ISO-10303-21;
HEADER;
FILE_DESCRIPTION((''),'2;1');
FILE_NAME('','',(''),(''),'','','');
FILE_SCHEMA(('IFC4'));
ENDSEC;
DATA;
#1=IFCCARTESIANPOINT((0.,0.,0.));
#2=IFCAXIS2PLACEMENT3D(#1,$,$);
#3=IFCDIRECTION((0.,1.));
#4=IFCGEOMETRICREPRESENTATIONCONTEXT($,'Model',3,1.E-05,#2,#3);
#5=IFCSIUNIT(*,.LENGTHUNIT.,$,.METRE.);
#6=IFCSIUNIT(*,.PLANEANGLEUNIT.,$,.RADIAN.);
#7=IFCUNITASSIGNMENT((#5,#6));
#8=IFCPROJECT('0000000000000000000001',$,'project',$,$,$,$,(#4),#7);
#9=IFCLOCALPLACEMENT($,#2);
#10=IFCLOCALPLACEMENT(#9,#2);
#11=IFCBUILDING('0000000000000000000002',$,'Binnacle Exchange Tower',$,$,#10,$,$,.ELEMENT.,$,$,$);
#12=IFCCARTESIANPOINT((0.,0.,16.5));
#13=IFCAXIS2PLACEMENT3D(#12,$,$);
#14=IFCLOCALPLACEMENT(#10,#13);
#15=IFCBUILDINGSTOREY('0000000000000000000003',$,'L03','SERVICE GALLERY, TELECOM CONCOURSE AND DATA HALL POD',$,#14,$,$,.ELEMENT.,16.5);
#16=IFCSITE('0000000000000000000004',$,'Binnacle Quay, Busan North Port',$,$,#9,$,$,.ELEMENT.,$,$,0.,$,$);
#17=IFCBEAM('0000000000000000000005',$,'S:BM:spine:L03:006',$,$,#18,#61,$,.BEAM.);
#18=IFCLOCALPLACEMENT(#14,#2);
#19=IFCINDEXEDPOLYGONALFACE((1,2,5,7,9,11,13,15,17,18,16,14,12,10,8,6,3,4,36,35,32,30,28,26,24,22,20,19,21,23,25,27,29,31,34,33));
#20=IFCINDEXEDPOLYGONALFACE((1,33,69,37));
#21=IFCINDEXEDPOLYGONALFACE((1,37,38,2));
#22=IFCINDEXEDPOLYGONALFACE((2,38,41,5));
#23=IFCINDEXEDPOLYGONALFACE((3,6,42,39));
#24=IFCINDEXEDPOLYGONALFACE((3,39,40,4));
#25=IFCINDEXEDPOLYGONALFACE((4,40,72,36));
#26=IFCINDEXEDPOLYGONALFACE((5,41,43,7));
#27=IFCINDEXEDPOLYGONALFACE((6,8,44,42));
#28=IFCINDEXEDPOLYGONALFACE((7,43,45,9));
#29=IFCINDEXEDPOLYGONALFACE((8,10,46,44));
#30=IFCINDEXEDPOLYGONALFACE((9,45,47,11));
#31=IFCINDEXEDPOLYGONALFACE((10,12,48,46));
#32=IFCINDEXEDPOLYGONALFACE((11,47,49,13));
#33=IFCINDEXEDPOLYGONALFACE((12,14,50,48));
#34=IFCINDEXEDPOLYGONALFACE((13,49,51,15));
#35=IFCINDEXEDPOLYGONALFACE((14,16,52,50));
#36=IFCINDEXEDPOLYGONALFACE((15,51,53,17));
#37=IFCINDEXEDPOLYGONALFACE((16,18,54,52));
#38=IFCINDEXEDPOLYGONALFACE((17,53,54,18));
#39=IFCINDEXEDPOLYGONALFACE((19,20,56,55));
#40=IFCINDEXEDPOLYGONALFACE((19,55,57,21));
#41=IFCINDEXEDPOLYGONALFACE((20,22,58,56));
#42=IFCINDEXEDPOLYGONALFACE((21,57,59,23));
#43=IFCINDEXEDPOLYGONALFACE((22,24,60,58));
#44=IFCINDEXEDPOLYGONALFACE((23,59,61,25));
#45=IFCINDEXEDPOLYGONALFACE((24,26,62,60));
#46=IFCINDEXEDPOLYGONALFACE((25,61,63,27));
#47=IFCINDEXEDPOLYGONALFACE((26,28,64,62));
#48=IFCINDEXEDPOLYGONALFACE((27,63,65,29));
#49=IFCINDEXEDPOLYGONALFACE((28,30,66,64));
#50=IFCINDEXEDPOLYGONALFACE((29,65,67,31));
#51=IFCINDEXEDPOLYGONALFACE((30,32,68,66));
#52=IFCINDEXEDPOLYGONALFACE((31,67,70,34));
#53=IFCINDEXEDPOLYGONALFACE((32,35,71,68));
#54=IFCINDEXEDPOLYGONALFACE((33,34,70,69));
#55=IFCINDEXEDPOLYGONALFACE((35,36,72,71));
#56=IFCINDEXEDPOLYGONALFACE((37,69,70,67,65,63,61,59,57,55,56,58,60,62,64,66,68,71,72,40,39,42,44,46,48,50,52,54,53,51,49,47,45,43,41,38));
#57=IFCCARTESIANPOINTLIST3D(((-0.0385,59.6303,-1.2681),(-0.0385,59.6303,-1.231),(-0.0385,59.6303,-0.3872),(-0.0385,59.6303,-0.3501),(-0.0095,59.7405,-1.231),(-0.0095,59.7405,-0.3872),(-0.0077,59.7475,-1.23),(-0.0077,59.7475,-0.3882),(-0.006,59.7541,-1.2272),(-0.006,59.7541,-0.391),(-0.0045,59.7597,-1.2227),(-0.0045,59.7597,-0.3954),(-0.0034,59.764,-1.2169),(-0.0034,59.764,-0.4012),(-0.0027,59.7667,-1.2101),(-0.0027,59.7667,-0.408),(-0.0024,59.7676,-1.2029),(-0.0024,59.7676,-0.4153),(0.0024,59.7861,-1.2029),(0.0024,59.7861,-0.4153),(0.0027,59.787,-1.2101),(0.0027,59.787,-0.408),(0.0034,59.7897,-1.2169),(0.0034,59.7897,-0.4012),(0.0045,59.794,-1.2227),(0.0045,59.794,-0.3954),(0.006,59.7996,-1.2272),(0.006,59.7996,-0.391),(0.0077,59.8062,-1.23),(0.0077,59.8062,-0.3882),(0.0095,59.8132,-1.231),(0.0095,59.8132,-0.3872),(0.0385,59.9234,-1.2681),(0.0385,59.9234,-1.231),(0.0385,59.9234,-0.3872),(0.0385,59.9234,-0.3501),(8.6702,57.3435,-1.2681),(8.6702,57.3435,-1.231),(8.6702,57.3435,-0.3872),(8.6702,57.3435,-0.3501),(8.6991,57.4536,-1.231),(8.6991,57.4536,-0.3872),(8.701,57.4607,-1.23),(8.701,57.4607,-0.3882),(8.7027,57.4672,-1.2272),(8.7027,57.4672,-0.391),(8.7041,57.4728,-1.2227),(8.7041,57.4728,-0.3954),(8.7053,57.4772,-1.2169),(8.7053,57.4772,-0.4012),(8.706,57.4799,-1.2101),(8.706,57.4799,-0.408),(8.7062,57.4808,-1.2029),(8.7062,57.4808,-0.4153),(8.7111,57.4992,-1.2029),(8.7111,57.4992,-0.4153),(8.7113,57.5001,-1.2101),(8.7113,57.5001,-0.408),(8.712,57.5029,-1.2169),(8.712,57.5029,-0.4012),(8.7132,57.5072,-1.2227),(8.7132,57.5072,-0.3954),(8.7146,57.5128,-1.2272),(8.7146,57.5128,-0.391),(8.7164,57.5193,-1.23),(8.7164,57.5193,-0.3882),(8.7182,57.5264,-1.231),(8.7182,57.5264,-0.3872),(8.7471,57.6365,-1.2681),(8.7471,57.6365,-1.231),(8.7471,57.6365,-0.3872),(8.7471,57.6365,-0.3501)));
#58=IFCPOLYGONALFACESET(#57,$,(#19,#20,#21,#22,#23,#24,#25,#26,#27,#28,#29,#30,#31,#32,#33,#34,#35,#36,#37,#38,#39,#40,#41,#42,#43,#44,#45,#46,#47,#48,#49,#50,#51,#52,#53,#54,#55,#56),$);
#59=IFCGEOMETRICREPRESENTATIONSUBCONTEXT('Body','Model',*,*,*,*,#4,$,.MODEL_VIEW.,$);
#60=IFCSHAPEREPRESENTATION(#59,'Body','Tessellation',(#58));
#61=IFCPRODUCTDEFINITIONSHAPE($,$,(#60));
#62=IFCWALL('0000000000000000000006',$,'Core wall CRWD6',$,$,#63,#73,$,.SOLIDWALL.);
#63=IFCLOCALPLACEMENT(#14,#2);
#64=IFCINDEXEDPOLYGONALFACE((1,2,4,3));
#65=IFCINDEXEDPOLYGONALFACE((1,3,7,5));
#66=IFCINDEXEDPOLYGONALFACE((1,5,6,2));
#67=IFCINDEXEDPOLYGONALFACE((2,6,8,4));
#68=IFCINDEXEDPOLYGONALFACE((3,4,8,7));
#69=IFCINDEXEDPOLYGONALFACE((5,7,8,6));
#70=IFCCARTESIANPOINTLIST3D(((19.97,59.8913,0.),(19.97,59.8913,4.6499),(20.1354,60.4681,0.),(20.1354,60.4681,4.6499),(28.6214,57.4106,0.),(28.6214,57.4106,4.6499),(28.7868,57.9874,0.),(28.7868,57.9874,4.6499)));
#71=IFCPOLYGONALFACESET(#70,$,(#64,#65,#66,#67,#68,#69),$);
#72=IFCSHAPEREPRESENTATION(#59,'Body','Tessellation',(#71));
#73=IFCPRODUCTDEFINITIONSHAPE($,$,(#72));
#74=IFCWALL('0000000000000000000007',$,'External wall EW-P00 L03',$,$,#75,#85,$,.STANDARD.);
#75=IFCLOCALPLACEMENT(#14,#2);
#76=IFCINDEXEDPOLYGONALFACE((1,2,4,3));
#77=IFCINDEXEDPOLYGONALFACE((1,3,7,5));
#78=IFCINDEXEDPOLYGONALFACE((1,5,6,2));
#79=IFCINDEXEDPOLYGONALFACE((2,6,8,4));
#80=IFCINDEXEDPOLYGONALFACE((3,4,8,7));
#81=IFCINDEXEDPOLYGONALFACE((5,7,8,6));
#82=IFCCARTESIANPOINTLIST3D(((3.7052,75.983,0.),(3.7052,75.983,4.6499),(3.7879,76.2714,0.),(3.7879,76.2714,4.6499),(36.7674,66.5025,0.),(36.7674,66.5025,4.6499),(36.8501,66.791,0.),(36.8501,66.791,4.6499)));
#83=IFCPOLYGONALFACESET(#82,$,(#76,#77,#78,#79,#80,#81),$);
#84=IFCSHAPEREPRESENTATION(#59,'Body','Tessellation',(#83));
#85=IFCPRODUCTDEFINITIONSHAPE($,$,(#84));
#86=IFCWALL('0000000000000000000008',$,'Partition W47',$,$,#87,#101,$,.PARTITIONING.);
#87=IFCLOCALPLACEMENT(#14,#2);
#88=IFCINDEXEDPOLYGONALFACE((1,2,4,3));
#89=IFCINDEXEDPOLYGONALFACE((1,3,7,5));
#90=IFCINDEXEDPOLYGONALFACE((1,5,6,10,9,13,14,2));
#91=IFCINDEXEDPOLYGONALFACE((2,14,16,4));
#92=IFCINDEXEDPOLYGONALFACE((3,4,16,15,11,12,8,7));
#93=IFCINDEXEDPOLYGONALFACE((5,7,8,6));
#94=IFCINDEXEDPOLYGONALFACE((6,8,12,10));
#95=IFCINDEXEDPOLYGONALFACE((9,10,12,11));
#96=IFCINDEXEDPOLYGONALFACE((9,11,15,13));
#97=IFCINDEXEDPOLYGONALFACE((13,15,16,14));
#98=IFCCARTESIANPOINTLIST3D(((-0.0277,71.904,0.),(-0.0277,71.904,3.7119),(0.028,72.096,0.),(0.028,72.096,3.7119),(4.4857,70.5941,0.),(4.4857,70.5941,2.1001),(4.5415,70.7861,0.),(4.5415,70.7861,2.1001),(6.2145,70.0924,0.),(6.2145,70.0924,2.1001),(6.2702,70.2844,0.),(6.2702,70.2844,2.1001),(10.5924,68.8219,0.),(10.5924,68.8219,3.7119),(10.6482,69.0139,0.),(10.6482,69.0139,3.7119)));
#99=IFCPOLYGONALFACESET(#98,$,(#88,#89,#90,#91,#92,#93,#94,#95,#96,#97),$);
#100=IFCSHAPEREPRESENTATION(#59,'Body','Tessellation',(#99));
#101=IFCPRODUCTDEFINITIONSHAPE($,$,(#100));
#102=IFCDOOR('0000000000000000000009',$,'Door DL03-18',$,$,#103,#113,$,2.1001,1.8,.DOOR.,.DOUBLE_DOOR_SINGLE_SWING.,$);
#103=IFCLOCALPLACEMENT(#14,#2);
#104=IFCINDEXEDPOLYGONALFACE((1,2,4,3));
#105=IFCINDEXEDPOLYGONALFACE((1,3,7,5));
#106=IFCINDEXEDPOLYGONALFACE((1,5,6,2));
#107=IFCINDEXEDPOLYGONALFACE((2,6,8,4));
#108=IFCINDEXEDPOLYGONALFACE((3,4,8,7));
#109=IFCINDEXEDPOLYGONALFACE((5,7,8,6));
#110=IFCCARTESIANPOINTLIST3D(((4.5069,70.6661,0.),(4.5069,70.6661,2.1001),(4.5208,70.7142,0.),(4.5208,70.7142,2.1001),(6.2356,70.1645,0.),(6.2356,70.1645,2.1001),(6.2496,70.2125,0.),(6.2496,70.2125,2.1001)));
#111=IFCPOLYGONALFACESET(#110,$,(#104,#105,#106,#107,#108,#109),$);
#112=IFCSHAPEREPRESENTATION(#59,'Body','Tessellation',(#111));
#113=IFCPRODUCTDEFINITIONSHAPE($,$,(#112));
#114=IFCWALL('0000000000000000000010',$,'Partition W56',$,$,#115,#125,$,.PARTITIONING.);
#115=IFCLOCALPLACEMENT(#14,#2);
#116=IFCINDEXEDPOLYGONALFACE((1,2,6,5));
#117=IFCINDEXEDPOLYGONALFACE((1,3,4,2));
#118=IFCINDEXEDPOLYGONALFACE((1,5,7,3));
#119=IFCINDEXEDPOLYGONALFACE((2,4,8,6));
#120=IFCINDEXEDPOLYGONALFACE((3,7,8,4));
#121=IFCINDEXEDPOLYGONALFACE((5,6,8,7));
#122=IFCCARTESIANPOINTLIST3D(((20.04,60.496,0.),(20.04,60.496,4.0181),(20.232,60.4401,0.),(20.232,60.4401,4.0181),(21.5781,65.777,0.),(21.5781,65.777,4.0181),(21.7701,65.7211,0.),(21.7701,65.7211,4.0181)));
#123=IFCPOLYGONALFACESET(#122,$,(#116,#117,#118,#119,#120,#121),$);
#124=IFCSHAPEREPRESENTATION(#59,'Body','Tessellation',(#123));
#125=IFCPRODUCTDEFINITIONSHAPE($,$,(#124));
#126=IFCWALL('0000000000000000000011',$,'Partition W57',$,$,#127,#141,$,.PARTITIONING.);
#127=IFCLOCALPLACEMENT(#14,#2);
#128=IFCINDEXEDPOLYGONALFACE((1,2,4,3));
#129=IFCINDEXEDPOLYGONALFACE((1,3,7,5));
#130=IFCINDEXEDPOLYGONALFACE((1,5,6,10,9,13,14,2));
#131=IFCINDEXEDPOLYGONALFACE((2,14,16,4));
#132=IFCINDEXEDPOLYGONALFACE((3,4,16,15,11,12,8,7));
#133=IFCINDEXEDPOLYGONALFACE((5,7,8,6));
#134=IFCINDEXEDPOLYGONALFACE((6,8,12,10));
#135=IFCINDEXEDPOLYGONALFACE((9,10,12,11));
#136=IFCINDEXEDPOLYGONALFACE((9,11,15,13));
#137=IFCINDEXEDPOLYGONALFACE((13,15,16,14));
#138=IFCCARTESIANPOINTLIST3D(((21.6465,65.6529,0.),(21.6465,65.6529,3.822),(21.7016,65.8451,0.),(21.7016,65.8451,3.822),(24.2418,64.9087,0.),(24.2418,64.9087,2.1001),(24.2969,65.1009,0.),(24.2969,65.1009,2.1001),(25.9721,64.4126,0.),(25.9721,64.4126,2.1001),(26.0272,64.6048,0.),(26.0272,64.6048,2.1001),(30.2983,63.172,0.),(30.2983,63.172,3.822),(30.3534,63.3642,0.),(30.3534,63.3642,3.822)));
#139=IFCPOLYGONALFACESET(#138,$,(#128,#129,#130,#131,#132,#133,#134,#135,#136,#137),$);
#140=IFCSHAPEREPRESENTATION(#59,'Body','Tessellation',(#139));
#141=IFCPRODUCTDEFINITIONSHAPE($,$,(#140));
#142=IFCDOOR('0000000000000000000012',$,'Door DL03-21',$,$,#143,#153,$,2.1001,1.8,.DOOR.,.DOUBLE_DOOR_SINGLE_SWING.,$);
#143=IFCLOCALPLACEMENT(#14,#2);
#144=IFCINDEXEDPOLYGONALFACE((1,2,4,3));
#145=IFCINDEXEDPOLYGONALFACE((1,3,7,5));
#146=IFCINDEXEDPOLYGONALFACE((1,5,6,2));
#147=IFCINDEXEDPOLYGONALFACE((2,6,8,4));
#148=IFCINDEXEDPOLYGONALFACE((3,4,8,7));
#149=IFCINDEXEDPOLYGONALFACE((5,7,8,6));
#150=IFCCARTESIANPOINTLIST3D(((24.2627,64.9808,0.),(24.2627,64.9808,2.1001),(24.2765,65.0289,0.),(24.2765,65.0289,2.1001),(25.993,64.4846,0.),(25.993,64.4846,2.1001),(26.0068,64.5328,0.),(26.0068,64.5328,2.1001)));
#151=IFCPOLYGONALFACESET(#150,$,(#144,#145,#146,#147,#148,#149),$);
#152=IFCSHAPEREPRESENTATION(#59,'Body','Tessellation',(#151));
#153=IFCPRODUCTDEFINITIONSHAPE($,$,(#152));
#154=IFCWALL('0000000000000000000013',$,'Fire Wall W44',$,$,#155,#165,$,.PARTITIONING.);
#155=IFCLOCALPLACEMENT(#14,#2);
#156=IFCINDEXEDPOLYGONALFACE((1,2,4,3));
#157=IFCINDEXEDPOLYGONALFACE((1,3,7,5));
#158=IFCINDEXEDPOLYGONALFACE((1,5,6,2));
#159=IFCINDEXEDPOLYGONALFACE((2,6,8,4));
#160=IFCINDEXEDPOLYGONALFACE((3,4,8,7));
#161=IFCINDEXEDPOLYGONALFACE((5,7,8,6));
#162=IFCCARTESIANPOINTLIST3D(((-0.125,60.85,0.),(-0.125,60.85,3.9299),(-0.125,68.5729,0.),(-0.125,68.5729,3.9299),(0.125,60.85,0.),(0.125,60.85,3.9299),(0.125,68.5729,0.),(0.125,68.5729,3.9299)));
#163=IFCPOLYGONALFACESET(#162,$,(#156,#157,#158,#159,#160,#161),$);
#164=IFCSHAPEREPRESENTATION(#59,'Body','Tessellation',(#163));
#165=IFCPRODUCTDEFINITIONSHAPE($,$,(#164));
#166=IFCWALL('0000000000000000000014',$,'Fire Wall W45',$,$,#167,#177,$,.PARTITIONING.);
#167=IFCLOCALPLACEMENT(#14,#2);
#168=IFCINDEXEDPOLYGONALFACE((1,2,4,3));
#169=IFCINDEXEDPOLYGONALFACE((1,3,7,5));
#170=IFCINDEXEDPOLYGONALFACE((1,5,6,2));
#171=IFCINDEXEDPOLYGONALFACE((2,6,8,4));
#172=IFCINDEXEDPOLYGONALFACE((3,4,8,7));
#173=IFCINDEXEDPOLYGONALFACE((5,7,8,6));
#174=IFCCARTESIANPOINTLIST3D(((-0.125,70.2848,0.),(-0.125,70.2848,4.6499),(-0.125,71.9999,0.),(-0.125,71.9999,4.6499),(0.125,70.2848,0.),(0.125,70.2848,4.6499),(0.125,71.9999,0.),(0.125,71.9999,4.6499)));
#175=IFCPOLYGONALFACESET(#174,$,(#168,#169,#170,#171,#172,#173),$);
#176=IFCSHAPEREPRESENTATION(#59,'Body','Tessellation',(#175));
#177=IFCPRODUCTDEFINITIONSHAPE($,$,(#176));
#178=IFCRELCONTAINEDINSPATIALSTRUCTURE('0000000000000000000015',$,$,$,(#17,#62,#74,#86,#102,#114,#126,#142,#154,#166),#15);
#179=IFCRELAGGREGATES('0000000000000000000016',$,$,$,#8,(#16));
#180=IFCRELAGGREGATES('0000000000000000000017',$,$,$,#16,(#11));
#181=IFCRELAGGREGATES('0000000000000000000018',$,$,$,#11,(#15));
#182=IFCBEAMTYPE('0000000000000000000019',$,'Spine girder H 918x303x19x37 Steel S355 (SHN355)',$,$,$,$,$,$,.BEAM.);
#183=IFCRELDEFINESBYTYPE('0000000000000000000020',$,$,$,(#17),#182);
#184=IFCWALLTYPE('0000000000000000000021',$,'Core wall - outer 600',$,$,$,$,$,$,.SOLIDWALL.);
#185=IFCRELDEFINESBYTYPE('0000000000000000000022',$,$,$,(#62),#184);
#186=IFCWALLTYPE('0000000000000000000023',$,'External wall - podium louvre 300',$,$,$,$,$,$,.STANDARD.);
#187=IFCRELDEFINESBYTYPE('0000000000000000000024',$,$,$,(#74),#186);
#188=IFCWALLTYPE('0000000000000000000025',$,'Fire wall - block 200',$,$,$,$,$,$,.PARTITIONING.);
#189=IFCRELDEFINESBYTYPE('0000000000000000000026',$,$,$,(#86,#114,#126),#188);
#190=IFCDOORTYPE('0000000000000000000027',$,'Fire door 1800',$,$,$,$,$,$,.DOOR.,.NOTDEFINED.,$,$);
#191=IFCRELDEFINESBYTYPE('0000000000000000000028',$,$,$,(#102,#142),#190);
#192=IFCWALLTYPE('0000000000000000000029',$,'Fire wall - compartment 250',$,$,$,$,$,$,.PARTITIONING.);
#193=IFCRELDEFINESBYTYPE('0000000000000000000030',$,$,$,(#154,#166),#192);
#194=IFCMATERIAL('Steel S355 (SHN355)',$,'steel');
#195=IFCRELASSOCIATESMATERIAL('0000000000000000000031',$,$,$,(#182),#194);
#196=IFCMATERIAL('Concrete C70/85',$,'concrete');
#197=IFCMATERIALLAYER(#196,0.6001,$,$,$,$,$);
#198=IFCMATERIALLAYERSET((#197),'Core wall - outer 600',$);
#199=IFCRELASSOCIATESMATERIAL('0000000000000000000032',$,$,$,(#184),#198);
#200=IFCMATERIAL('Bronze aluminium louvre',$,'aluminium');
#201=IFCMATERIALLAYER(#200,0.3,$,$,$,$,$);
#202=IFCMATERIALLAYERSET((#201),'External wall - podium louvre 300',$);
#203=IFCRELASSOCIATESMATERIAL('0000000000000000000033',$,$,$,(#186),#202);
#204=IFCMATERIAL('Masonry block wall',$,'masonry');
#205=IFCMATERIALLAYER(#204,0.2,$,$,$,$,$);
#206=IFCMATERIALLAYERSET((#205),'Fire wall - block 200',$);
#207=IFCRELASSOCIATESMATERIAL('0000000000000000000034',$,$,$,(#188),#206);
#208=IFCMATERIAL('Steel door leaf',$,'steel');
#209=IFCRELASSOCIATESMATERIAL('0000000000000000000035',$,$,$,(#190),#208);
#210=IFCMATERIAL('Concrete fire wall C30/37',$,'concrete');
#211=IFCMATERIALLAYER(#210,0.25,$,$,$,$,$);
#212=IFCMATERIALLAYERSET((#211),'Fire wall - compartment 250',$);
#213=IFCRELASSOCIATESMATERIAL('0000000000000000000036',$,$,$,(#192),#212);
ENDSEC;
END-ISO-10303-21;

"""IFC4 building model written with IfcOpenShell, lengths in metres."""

from ifc_helpers import new_model, si_unit, direction, frame, frame_2d, origin, origin_2d, place, context, subcontext, project, spatial, rectangle, i_section, extrude, material, layer, layer_set, material_profile, profile_set, type_object, element, fill, save


model = new_model("IFC4")

# Units and contexts
model_context = context("Model", 3, precision=1e-05, world=origin(), true_north=direction((0.0, 1.0)))
body_context = subcontext(model_context, "Body", "Model", "MODEL_VIEW")
ifc_project = project(units=[si_unit("LENGTHUNIT", "METRE"), si_unit("PLANEANGLEUNIT", "RADIAN")], contexts=[model_context])

# Site, building, storey
site_placement = place(None, origin())
site = spatial("IfcSite", under=ifc_project, at=site_placement, Name="Binnacle Quay, Busan North Port", CompositionType="ELEMENT", RefElevation=0.0)
building_placement = place(site_placement, origin())
building = spatial("IfcBuilding", under=site, at=building_placement, Name="Binnacle Exchange Tower", CompositionType="ELEMENT")
storey_placement = place(building_placement, frame((0.0, 0.0, 16.5)))
storey = spatial("IfcBuildingStorey", under=building, at=storey_placement, Name="L03", Description="SERVICE GALLERY, TELECOM CONCOURSE AND DATA HALL POD", CompositionType="ELEMENT", Elevation=16.5)

# Shared definitions
ifc_material_1 = material(Name="Concrete C70/85", Category="concrete")

# Beam
ifc_material_2 = material(Name="Steel S355 (SHN355)", Category="steel")
ifc_material_profile_1 = material_profile(ifc_material_2, i_section(OverallWidth=0.303, OverallDepth=0.918, WebThickness=0.019, FlangeThickness=0.0371, FilletRadius=0.0281, at=origin_2d()), Name="H 918x303x19x37")
ifc_profile_set_1 = profile_set([ifc_material_profile_1], Name="Steel S355 (SHN355)")
beam_type_1 = type_object("IfcBeamType", Name="Spine girder H 918x303x19x37 Steel S355 (SHN355)", PredefinedType="BEAM", material=ifc_profile_set_1)
beam_1_placement = place(storey_placement, frame((0.0, 59.7769, -0.8091), z_axis=(0.967209, -0.253983, 0.0), x_axis=(0.253983, 0.967209, 0.0)))
element("IfcBeam", 1, at=beam_1_placement, inside=storey, type_object=beam_type_1, Name="S:BM:spine:L03:006", PredefinedType="BEAM", context=body_context, shape_type="SweptSolid", body=[
    extrude(i_section(OverallWidth=0.303, OverallDepth=0.918, WebThickness=0.019, FlangeThickness=0.0371, FilletRadius=0.0281, at=origin_2d()), origin(), (0.0, 0.0, 1.0), 9.0039),
])

# Walls
ifc_layer_1 = layer(ifc_material_1, 0.6001)
ifc_layer_set_1 = layer_set([ifc_layer_1], Name="Core wall - outer 600")
wall_type_1 = type_object("IfcWallType", Name="Core wall - outer 600", PredefinedType="SOLIDWALL", material=ifc_layer_set_1)
wall_1_placement = place(storey_placement, frame((20.0527, 60.1797, 0.0), z_axis=(0.0, 0.0, 1.0), x_axis=(0.961262, -0.275635, 0.0)))
element("IfcWall", 2, at=wall_1_placement, inside=storey, type_object=wall_type_1, Name="Core wall CRWD6", PredefinedType="SOLIDWALL", context=body_context, shape_type="SweptSolid", body=[
    extrude(rectangle(XDim=9.0, YDim=0.6001, at=frame_2d((4.5, 0.0))), origin(), (0.0, 0.0, 1.0), 4.6499),
])
ifc_material_3 = material(Name="Bronze aluminium louvre", Category="aluminium")
ifc_layer_2 = layer(ifc_material_3, 0.3)
ifc_layer_set_2 = layer_set([ifc_layer_2], Name="External wall - podium louvre 300")
wall_type_2 = type_object("IfcWallType", Name="External wall - podium louvre 300", PredefinedType="STANDARD", material=ifc_layer_set_2)
wall_2_placement = place(storey_placement, frame((3.7466, 76.1272, 0.0), z_axis=(0.0, 0.0, 1.0), x_axis=(0.961262, -0.275638, 0.0)))
element("IfcWall", 3, at=wall_2_placement, inside=storey, type_object=wall_type_2, Name="External wall EW-P00 L03", PredefinedType="STANDARD", context=body_context, shape_type="SweptSolid", body=[
    extrude(rectangle(XDim=34.3945, YDim=0.3, at=frame_2d((17.1973, 0.0))), origin(), (0.0, 0.0, 1.0), 4.6499),
])

# Wall, opening, door
ifc_material_4 = material(Name="Masonry block wall", Category="masonry")
ifc_layer_3 = layer(ifc_material_4, 0.2)
ifc_layer_set_3 = layer_set([ifc_layer_3], Name="Fire wall - block 200")
wall_type_3 = type_object("IfcWallType", Name="Fire wall - block 200", PredefinedType="PARTITIONING", material=ifc_layer_set_3)
wall_3_placement = place(storey_placement, frame((0.0, 72.0, 0.0), z_axis=(0.0, 0.0, 1.0), x_axis=(0.960376, -0.278708, 0.0)))
wall_3 = element("IfcWall", 4, at=wall_3_placement, inside=storey, type_object=wall_type_3, Name="Partition W47", PredefinedType="PARTITIONING", context=body_context, shape_type="SweptSolid", body=[
    extrude(rectangle(XDim=11.0583, YDim=0.2, at=frame_2d((5.5293, 0.0))), origin(), (0.0, 0.0, 1.0), 3.7119),
])
opening_1_placement = place(wall_3_placement, frame((4.7, 0.0, 0.0)))
opening_1 = element("IfcOpeningElement", 5, at=opening_1_placement, cuts=wall_3, PredefinedType="OPENING", context=body_context, shape_type="SweptSolid", body=[
    extrude(rectangle(XDim=1.8, YDim=2.1001, at=frame_2d((0.8999, 1.05))), frame((0.0, 0.1099, 0.0), z_axis=(0.0, -1.0, 0.0), x_axis=(1.0, 0.0, 0.0)), (0.0, 0.0, 1.0), 0.22),
])
ifc_material_5 = material(Name="Steel door leaf", Category="steel")
door_type_1 = type_object("IfcDoorType", Name="Fire door 1800", OperationType="NOTDEFINED", PredefinedType="DOOR", material=ifc_material_5)
door_1_placement = place(opening_1_placement, frame((1.8, 0.0, 0.0), z_axis=(0.0, 0.0, 1.0), x_axis=(-1.0, 0.0, 0.0)))
door_1 = element("IfcDoor", 6, at=door_1_placement, inside=storey, type_object=door_type_1, Name="Door DL03-18", OperationType="DOUBLE_DOOR_SINGLE_SWING", OverallHeight=2.1001, OverallWidth=1.8, PredefinedType="DOOR", context=body_context, shape_type="SweptSolid", body=[
    extrude(rectangle(XDim=1.8, YDim=2.1001, at=frame_2d((0.8999, 1.05))), frame((0.0, 0.0249, 0.0), z_axis=(0.0, -1.0, 0.0), x_axis=(1.0, 0.0, 0.0)), (0.0, 0.0, 1.0), 0.05),
])
fill(opening_1, door_1)

# Wall
wall_4_placement = place(storey_placement, frame((20.136, 60.468, 0.0), z_axis=(0.0, 0.0, 1.0), x_axis=(0.27963, 0.960108, 0.0)))
element("IfcWall", 7, at=wall_4_placement, inside=storey, type_object=wall_type_3, Name="Partition W56", PredefinedType="PARTITIONING", context=body_context, shape_type="SweptSolid", body=[
    extrude(rectangle(XDim=5.5005, YDim=0.2, at=frame_2d((2.7502, 0.0))), origin(), (0.0, 0.0, 1.0), 4.0181),
])

# Wall, opening, door
wall_5_placement = place(storey_placement, frame((21.6741, 65.749, 0.0), z_axis=(0.0, 0.0, 1.0), x_axis=(0.961259, -0.275645, 0.0)))
wall_5 = element("IfcWall", 8, at=wall_5_placement, inside=storey, type_object=wall_type_3, Name="Partition W57", PredefinedType="PARTITIONING", context=body_context, shape_type="SweptSolid", body=[
    extrude(rectangle(XDim=9.0005, YDim=0.2, at=frame_2d((4.5002, 0.0))), origin(), (0.0, 0.0, 1.0), 3.822),
])
opening_2_placement = place(wall_5_placement, frame((2.7, 0.0, 0.0)))
opening_2 = element("IfcOpeningElement", 9, at=opening_2_placement, cuts=wall_5, PredefinedType="OPENING", context=body_context, shape_type="SweptSolid", body=[
    extrude(rectangle(XDim=1.8, YDim=2.1001, at=frame_2d((0.8999, 1.05))), frame((0.0, 0.1099, 0.0), z_axis=(0.0, -1.0, 0.0), x_axis=(1.0, 0.0, 0.0)), (0.0, 0.0, 1.0), 0.22),
])
door_2_placement = place(opening_2_placement, frame((1.8, 0.0, 0.0), z_axis=(0.0, 0.0, 1.0), x_axis=(-1.0, 0.0, 0.0)))
door_2 = element("IfcDoor", 10, at=door_2_placement, inside=storey, type_object=door_type_1, Name="Door DL03-21", OperationType="DOUBLE_DOOR_SINGLE_SWING", OverallHeight=2.1001, OverallWidth=1.8, PredefinedType="DOOR", context=body_context, shape_type="SweptSolid", body=[
    extrude(rectangle(XDim=1.8, YDim=2.1001, at=frame_2d((0.8999, 1.05))), frame((0.0, 0.0249, 0.0), z_axis=(0.0, -1.0, 0.0), x_axis=(1.0, 0.0, 0.0)), (0.0, 0.0, 1.0), 0.05),
])
fill(opening_2, door_2)

# Walls
ifc_material_6 = material(Name="Concrete fire wall C30/37", Category="concrete")
ifc_layer_4 = layer(ifc_material_6, 0.25)
ifc_layer_set_4 = layer_set([ifc_layer_4], Name="Fire wall - compartment 250")
wall_type_4 = type_object("IfcWallType", Name="Fire wall - compartment 250", PredefinedType="PARTITIONING", material=ifc_layer_set_4)
wall_6_placement = place(storey_placement, frame((0.0, 60.8501, 0.0), z_axis=(0.0, 0.0, 1.0), x_axis=(0.0, 1.0, 0.0)))
element("IfcWall", 11, at=wall_6_placement, inside=storey, type_object=wall_type_4, Name="Fire Wall W44", PredefinedType="PARTITIONING", context=body_context, shape_type="SweptSolid", body=[
    extrude(rectangle(XDim=7.7229, YDim=0.25, at=frame_2d((3.8613, 0.0))), origin(), (0.0, 0.0, 1.0), 3.9299),
])
wall_7_placement = place(storey_placement, frame((0.0, 70.2849, 0.0), z_axis=(0.0, 0.0, 1.0), x_axis=(0.0, 1.0, 0.0)))
element("IfcWall", 12, at=wall_7_placement, inside=storey, type_object=wall_type_4, Name="Fire Wall W45", PredefinedType="PARTITIONING", context=body_context, shape_type="SweptSolid", body=[
    extrude(rectangle(XDim=1.7151, YDim=0.25, at=frame_2d((0.8574, 0.0))), origin(), (0.0, 0.0, 1.0), 4.6499),
])

save(model, "model.ifc")
